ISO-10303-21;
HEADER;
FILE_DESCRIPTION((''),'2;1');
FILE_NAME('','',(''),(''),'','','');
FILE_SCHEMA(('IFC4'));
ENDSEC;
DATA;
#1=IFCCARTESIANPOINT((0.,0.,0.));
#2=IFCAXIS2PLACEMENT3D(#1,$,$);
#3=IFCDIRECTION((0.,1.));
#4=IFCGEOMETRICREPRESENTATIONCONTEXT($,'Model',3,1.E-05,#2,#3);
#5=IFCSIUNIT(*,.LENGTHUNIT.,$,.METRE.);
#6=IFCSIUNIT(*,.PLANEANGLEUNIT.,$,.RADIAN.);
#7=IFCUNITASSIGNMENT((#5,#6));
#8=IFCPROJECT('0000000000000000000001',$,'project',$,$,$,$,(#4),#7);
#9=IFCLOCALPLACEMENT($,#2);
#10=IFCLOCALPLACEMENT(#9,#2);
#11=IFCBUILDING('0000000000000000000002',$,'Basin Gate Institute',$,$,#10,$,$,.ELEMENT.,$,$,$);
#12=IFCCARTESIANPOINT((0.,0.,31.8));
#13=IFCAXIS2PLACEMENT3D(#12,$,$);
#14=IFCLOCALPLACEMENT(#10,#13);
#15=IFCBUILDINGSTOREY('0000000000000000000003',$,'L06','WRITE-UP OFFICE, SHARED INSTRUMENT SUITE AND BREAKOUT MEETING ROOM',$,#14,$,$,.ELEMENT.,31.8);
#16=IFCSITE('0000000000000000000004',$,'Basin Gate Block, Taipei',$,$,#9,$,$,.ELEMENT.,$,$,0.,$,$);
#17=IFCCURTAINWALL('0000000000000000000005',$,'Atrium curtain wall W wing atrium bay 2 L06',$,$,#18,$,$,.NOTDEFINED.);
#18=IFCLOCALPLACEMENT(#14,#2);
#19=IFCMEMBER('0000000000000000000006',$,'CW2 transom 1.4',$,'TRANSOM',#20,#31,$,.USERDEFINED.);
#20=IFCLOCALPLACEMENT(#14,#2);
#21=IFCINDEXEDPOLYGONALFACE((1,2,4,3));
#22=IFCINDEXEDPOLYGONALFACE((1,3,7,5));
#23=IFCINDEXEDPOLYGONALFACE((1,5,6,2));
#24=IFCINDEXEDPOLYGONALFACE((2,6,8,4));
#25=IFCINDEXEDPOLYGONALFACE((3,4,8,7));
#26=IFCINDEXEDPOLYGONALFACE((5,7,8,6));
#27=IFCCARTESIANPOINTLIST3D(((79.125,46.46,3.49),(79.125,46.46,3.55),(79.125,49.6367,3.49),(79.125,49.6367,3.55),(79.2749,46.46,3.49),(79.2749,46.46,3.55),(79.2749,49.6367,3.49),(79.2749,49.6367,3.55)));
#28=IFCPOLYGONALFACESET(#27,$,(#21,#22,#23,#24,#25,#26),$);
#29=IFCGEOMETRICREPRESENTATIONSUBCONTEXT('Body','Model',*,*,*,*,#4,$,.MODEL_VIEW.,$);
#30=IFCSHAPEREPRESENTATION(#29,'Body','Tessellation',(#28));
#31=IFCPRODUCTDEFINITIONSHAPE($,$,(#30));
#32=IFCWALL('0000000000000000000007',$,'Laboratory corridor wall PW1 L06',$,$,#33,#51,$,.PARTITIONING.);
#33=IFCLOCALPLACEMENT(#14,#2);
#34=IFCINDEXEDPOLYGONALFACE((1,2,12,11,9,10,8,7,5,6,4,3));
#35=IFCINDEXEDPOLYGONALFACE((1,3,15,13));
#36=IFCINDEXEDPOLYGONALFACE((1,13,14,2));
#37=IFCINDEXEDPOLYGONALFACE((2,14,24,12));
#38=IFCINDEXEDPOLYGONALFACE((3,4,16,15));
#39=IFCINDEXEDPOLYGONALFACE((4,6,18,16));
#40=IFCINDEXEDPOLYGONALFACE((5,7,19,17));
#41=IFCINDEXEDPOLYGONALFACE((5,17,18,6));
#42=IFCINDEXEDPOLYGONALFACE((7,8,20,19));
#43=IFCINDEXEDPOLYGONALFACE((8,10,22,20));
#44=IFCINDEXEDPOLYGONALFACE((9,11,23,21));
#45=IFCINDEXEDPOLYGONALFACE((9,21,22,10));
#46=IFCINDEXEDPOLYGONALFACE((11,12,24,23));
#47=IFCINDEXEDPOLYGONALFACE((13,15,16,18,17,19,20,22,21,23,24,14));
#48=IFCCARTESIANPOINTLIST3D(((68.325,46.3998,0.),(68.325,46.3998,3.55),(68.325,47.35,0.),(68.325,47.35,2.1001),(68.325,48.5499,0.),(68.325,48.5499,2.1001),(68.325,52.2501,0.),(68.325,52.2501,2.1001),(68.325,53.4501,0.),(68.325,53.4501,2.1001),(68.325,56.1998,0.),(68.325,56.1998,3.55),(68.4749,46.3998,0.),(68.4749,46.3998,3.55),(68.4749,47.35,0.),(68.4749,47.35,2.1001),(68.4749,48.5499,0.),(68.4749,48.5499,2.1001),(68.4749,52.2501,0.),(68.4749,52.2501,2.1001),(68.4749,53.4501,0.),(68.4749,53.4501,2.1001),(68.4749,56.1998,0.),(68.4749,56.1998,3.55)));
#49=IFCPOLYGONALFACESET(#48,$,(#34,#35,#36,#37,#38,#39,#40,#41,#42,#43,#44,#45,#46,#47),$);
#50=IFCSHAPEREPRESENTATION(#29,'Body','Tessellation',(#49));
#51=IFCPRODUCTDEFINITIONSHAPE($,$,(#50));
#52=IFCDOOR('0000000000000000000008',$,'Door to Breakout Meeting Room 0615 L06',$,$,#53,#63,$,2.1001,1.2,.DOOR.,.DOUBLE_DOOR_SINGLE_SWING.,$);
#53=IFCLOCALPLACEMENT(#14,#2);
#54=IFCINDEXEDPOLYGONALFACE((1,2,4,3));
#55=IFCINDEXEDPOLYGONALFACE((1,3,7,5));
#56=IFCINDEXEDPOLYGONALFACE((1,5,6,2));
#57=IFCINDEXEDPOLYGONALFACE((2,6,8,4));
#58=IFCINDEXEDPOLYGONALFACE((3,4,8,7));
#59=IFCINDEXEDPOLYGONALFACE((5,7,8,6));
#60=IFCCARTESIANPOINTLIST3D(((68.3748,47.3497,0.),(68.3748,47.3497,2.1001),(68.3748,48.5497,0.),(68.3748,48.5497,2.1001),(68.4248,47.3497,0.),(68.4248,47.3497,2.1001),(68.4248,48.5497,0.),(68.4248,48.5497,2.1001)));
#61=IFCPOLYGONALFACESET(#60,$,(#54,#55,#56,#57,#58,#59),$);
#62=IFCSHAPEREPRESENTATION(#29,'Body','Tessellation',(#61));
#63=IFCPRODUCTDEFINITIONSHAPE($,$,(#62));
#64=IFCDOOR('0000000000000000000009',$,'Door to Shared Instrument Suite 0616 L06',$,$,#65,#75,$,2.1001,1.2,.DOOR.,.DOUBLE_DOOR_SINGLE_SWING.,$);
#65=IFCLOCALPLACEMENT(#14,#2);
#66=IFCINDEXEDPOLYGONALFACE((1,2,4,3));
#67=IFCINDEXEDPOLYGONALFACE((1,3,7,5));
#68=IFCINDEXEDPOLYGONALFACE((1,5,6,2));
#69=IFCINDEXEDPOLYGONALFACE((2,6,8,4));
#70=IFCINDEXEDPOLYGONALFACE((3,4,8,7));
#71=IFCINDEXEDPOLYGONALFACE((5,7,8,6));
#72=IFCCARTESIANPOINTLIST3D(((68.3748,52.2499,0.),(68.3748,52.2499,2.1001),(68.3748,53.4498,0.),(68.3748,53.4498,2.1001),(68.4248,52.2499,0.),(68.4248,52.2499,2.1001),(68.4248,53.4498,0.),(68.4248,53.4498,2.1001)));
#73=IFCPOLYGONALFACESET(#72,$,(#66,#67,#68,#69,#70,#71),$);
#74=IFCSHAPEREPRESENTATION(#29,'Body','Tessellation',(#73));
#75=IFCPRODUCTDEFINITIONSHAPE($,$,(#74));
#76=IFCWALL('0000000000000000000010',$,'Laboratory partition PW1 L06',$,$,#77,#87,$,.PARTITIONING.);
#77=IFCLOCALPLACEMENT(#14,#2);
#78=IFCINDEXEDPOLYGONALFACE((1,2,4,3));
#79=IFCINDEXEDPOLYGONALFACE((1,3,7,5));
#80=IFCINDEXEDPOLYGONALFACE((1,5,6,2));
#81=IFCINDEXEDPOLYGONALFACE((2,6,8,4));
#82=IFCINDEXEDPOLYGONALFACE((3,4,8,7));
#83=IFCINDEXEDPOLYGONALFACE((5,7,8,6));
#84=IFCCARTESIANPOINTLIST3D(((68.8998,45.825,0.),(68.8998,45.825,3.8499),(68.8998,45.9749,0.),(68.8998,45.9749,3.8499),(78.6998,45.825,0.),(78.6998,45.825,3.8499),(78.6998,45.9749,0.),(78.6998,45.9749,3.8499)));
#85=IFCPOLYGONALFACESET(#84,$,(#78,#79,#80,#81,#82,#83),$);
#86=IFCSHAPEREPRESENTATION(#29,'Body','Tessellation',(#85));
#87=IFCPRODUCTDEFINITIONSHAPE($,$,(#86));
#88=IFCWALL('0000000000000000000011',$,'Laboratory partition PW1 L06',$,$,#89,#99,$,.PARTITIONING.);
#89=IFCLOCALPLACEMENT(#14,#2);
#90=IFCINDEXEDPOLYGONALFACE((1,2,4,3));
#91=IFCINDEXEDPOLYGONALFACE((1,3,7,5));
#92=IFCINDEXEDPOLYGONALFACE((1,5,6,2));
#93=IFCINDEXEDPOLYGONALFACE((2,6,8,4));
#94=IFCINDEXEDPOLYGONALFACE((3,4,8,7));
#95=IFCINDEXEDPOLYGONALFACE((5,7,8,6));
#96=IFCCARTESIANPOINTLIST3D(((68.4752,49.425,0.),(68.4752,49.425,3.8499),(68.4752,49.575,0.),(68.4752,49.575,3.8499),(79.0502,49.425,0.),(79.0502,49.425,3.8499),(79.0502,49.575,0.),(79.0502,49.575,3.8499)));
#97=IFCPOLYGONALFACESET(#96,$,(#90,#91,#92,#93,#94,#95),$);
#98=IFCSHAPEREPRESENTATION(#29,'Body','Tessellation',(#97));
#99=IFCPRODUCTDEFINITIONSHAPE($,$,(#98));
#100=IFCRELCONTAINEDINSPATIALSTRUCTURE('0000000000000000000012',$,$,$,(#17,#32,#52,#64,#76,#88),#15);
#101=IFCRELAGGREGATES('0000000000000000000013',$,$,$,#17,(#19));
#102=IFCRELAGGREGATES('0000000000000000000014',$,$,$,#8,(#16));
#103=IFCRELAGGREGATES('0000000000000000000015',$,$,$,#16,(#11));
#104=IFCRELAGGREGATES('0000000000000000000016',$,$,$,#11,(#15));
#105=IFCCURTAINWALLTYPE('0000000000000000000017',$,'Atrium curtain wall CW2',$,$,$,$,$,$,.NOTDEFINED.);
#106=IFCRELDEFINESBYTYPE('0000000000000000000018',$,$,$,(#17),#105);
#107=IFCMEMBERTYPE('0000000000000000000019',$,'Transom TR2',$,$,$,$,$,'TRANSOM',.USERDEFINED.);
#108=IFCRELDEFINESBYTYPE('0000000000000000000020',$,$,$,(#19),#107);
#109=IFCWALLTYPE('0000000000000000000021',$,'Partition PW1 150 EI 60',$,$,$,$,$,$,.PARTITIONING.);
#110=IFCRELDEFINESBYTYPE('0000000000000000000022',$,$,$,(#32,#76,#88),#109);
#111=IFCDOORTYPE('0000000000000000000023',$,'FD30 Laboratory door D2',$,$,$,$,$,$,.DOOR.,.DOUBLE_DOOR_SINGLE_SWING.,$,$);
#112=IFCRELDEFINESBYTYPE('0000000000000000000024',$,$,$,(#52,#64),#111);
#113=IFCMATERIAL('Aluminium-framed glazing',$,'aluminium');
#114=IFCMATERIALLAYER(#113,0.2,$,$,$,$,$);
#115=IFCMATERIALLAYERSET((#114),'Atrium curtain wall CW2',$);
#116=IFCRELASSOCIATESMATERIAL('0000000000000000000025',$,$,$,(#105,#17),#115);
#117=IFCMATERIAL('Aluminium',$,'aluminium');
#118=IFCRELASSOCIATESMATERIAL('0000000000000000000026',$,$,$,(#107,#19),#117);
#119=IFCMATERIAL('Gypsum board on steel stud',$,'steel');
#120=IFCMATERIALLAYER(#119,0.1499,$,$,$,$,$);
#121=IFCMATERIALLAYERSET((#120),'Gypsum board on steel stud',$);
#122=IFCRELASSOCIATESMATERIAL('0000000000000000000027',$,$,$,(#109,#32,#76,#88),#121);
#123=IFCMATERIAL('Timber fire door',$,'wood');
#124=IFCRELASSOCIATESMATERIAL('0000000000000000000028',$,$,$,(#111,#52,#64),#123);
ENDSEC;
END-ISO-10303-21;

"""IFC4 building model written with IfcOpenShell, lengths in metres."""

from ifc_helpers import new_model, si_unit, direction, frame, frame_2d, origin, origin_2d, place, context, subcontext, project, spatial, rectangle, extrude, material, layer, layer_set, material_profile, profile_set, type_object, element, fill, aggregate, save


model = new_model("IFC4")

# Units and contexts
model_context = context("Model", 3, precision=1e-05, world=origin(), true_north=direction((0.0, 1.0)))
body_context = subcontext(model_context, "Body", "Model", "MODEL_VIEW")
ifc_project = project(units=[si_unit("LENGTHUNIT", "METRE"), si_unit("PLANEANGLEUNIT", "RADIAN")], contexts=[model_context])

# Site, building, storey
site_placement = place(None, origin())
site = spatial("IfcSite", under=ifc_project, at=site_placement, Name="Basin Gate Block, Taipei", CompositionType="ELEMENT", RefElevation=0.0)
building_placement = place(site_placement, origin())
building = spatial("IfcBuilding", under=site, at=building_placement, Name="Basin Gate Institute", CompositionType="ELEMENT")
storey_placement = place(building_placement, frame((0.0, 0.0, 31.8)))
storey = spatial("IfcBuildingStorey", under=building, at=storey_placement, Name="L06", Description="WRITE-UP OFFICE, SHARED INSTRUMENT SUITE AND BREAKOUT MEETING ROOM", CompositionType="ELEMENT", Elevation=31.8)

# Curtain wall
ifc_material_1 = material(Name="Aluminium-framed glazing", Category="aluminium")
ifc_layer_1 = layer(ifc_material_1, 0.2)
ifc_layer_set_1 = layer_set([ifc_layer_1], Name="Atrium curtain wall CW2")
curtain_wall_type = type_object("IfcCurtainWallType", Name="Atrium curtain wall CW2", PredefinedType="NOTDEFINED", material=ifc_layer_set_1)
curtain_wall_placement = place(storey_placement, origin())
curtain_wall = element("IfcCurtainWall", 1, at=curtain_wall_placement, inside=storey, type_object=curtain_wall_type, material=ifc_layer_set_1, Name="Atrium curtain wall W wing atrium bay 2 L06", PredefinedType="NOTDEFINED")

# Member
ifc_material_2 = material(Name="Aluminium", Category="aluminium")
ifc_material_profile_1 = material_profile(ifc_material_2, rectangle(XDim=0.1499, YDim=0.0601, at=origin_2d()), Name="Transom TR2 150 x 60")
ifc_profile_set_1 = profile_set([ifc_material_profile_1], Name="Aluminium")
member_type_1 = type_object("IfcMemberType", Name="Transom TR2", ElementType="TRANSOM", PredefinedType="USERDEFINED", material=ifc_profile_set_1)
member_1_placement = place(storey_placement, frame((79.2, 46.46, 3.52), z_axis=(0.0, 1.0, 0.0), x_axis=(-1.0, 0.0, 0.0)))
member_1 = element("IfcMember", 2, at=member_1_placement, type_object=member_type_1, material=ifc_profile_set_1, Name="CW2 transom 1.4", ObjectType="TRANSOM", PredefinedType="USERDEFINED", context=body_context, shape_type="SweptSolid", body=[
    extrude(rectangle(XDim=0.1499, YDim=0.0601, at=origin_2d()), origin(), (0.0, 0.0, 1.0), 3.1768),
])
aggregate(curtain_wall, [member_1])

# Wall, openings, doors
ifc_material_3 = material(Name="Gypsum board on steel stud", Category="steel")
ifc_layer_2 = layer(ifc_material_3, 0.1499)
ifc_layer_set_2 = layer_set([ifc_layer_2], Name="Gypsum board on steel stud")
wall_type = type_object("IfcWallType", Name="Partition PW1 150 EI 60", PredefinedType="PARTITIONING", material=ifc_layer_set_2)
wall_1_placement = place(storey_placement, frame((68.3999, 46.3999, 0.0), z_axis=(0.0, 0.0, 1.0), x_axis=(0.0, 1.0, 0.0)))
wall_1 = element("IfcWall", 3, at=wall_1_placement, inside=storey, type_object=wall_type, material=ifc_layer_set_2, Name="Laboratory corridor wall PW1 L06", PredefinedType="PARTITIONING", context=body_context, shape_type="SweptSolid", body=[
    extrude(rectangle(XDim=9.8, YDim=0.1499, at=frame_2d((4.8999, 0.0))), origin(), (0.0, 0.0, 1.0), 3.55),
])
opening_1_placement = place(wall_1_placement, frame((0.95, 0.0, 0.0)))
opening_1 = element("IfcOpeningElement", 4, at=opening_1_placement, cuts=wall_1, PredefinedType="OPENING", context=body_context, shape_type="SweptSolid", body=[
    extrude(rectangle(XDim=1.2, YDim=2.1001, at=frame_2d((0.6001, 1.05))), frame((0.0, 0.085, 0.0), z_axis=(0.0, -1.0, 0.0), x_axis=(1.0, 0.0, 0.0)), (0.0, 0.0, 1.0), 0.1699),
])
opening_2_placement = place(wall_1_placement, frame((5.8501, 0.0, 0.0)))
opening_2 = element("IfcOpeningElement", 5, at=opening_2_placement, cuts=wall_1, PredefinedType="OPENING", context=body_context, shape_type="SweptSolid", body=[
    extrude(rectangle(XDim=1.2, YDim=2.1001, at=frame_2d((0.6001, 1.05))), frame((0.0, 0.085, 0.0), z_axis=(0.0, -1.0, 0.0), x_axis=(1.0, 0.0, 0.0)), (0.0, 0.0, 1.0), 0.1699),
])
ifc_material_4 = material(Name="Timber fire door", Category="wood")
door_type = type_object("IfcDoorType", Name="FD30 Laboratory door D2", OperationType="DOUBLE_DOOR_SINGLE_SWING", PredefinedType="DOOR", material=ifc_material_4)
door_1_placement = place(opening_1_placement, frame((1.2, 0.0, 0.0), z_axis=(0.0, 0.0, 1.0), x_axis=(-1.0, 0.0, 0.0)))
door_1 = element("IfcDoor", 6, at=door_1_placement, inside=storey, type_object=door_type, material=ifc_material_4, Name="Door to Breakout Meeting Room 0615 L06", OperationType="DOUBLE_DOOR_SINGLE_SWING", OverallHeight=2.1001, OverallWidth=1.2, PredefinedType="DOOR", context=body_context, shape_type="SweptSolid", body=[
    extrude(rectangle(XDim=1.2, YDim=2.1001, at=frame_2d((0.6001, 1.05))), frame((0.0, 0.0249, 0.0), z_axis=(0.0, -1.0, 0.0), x_axis=(1.0, 0.0, 0.0)), (0.0, 0.0, 1.0), 0.05),
])
fill(opening_1, door_1)
door_2_placement = place(opening_2_placement, frame((1.2, 0.0, 0.0), z_axis=(0.0, 0.0, 1.0), x_axis=(-1.0, 0.0, 0.0)))
door_2 = element("IfcDoor", 7, at=door_2_placement, inside=storey, type_object=door_type, material=ifc_material_4, Name="Door to Shared Instrument Suite 0616 L06", OperationType="DOUBLE_DOOR_SINGLE_SWING", OverallHeight=2.1001, OverallWidth=1.2, PredefinedType="DOOR", context=body_context, shape_type="SweptSolid", body=[
    extrude(rectangle(XDim=1.2, YDim=2.1001, at=frame_2d((0.6001, 1.05))), frame((0.0, 0.0249, 0.0), z_axis=(0.0, -1.0, 0.0), x_axis=(1.0, 0.0, 0.0)), (0.0, 0.0, 1.0), 0.05),
])
fill(opening_2, door_2)

# Walls
wall_2_placement = place(storey_placement, frame((68.8999, 45.8999, 0.0), z_axis=(0.0, 0.0, 1.0), x_axis=(1.0, 0.0, 0.0)))
element("IfcWall", 8, at=wall_2_placement, inside=storey, type_object=wall_type, material=ifc_layer_set_2, Name="Laboratory partition PW1 L06", PredefinedType="PARTITIONING", context=body_context, shape_type="SweptSolid", body=[
    extrude(rectangle(XDim=9.8, YDim=0.1499, at=frame_2d((4.8999, 0.0))), origin(), (0.0, 0.0, 1.0), 3.8499),
])
wall_3_placement = place(storey_placement, frame((68.4751, 49.5, 0.0), z_axis=(0.0, 0.0, 1.0), x_axis=(1.0, 0.0, 0.0)))
element("IfcWall", 9, at=wall_3_placement, inside=storey, type_object=wall_type, material=ifc_layer_set_2, Name="Laboratory partition PW1 L06", PredefinedType="PARTITIONING", context=body_context, shape_type="SweptSolid", body=[
    extrude(rectangle(XDim=10.575, YDim=0.1499, at=frame_2d((5.2876, 0.0))), origin(), (0.0, 0.0, 1.0), 3.8499),
])

save(model, "model.ifc")
